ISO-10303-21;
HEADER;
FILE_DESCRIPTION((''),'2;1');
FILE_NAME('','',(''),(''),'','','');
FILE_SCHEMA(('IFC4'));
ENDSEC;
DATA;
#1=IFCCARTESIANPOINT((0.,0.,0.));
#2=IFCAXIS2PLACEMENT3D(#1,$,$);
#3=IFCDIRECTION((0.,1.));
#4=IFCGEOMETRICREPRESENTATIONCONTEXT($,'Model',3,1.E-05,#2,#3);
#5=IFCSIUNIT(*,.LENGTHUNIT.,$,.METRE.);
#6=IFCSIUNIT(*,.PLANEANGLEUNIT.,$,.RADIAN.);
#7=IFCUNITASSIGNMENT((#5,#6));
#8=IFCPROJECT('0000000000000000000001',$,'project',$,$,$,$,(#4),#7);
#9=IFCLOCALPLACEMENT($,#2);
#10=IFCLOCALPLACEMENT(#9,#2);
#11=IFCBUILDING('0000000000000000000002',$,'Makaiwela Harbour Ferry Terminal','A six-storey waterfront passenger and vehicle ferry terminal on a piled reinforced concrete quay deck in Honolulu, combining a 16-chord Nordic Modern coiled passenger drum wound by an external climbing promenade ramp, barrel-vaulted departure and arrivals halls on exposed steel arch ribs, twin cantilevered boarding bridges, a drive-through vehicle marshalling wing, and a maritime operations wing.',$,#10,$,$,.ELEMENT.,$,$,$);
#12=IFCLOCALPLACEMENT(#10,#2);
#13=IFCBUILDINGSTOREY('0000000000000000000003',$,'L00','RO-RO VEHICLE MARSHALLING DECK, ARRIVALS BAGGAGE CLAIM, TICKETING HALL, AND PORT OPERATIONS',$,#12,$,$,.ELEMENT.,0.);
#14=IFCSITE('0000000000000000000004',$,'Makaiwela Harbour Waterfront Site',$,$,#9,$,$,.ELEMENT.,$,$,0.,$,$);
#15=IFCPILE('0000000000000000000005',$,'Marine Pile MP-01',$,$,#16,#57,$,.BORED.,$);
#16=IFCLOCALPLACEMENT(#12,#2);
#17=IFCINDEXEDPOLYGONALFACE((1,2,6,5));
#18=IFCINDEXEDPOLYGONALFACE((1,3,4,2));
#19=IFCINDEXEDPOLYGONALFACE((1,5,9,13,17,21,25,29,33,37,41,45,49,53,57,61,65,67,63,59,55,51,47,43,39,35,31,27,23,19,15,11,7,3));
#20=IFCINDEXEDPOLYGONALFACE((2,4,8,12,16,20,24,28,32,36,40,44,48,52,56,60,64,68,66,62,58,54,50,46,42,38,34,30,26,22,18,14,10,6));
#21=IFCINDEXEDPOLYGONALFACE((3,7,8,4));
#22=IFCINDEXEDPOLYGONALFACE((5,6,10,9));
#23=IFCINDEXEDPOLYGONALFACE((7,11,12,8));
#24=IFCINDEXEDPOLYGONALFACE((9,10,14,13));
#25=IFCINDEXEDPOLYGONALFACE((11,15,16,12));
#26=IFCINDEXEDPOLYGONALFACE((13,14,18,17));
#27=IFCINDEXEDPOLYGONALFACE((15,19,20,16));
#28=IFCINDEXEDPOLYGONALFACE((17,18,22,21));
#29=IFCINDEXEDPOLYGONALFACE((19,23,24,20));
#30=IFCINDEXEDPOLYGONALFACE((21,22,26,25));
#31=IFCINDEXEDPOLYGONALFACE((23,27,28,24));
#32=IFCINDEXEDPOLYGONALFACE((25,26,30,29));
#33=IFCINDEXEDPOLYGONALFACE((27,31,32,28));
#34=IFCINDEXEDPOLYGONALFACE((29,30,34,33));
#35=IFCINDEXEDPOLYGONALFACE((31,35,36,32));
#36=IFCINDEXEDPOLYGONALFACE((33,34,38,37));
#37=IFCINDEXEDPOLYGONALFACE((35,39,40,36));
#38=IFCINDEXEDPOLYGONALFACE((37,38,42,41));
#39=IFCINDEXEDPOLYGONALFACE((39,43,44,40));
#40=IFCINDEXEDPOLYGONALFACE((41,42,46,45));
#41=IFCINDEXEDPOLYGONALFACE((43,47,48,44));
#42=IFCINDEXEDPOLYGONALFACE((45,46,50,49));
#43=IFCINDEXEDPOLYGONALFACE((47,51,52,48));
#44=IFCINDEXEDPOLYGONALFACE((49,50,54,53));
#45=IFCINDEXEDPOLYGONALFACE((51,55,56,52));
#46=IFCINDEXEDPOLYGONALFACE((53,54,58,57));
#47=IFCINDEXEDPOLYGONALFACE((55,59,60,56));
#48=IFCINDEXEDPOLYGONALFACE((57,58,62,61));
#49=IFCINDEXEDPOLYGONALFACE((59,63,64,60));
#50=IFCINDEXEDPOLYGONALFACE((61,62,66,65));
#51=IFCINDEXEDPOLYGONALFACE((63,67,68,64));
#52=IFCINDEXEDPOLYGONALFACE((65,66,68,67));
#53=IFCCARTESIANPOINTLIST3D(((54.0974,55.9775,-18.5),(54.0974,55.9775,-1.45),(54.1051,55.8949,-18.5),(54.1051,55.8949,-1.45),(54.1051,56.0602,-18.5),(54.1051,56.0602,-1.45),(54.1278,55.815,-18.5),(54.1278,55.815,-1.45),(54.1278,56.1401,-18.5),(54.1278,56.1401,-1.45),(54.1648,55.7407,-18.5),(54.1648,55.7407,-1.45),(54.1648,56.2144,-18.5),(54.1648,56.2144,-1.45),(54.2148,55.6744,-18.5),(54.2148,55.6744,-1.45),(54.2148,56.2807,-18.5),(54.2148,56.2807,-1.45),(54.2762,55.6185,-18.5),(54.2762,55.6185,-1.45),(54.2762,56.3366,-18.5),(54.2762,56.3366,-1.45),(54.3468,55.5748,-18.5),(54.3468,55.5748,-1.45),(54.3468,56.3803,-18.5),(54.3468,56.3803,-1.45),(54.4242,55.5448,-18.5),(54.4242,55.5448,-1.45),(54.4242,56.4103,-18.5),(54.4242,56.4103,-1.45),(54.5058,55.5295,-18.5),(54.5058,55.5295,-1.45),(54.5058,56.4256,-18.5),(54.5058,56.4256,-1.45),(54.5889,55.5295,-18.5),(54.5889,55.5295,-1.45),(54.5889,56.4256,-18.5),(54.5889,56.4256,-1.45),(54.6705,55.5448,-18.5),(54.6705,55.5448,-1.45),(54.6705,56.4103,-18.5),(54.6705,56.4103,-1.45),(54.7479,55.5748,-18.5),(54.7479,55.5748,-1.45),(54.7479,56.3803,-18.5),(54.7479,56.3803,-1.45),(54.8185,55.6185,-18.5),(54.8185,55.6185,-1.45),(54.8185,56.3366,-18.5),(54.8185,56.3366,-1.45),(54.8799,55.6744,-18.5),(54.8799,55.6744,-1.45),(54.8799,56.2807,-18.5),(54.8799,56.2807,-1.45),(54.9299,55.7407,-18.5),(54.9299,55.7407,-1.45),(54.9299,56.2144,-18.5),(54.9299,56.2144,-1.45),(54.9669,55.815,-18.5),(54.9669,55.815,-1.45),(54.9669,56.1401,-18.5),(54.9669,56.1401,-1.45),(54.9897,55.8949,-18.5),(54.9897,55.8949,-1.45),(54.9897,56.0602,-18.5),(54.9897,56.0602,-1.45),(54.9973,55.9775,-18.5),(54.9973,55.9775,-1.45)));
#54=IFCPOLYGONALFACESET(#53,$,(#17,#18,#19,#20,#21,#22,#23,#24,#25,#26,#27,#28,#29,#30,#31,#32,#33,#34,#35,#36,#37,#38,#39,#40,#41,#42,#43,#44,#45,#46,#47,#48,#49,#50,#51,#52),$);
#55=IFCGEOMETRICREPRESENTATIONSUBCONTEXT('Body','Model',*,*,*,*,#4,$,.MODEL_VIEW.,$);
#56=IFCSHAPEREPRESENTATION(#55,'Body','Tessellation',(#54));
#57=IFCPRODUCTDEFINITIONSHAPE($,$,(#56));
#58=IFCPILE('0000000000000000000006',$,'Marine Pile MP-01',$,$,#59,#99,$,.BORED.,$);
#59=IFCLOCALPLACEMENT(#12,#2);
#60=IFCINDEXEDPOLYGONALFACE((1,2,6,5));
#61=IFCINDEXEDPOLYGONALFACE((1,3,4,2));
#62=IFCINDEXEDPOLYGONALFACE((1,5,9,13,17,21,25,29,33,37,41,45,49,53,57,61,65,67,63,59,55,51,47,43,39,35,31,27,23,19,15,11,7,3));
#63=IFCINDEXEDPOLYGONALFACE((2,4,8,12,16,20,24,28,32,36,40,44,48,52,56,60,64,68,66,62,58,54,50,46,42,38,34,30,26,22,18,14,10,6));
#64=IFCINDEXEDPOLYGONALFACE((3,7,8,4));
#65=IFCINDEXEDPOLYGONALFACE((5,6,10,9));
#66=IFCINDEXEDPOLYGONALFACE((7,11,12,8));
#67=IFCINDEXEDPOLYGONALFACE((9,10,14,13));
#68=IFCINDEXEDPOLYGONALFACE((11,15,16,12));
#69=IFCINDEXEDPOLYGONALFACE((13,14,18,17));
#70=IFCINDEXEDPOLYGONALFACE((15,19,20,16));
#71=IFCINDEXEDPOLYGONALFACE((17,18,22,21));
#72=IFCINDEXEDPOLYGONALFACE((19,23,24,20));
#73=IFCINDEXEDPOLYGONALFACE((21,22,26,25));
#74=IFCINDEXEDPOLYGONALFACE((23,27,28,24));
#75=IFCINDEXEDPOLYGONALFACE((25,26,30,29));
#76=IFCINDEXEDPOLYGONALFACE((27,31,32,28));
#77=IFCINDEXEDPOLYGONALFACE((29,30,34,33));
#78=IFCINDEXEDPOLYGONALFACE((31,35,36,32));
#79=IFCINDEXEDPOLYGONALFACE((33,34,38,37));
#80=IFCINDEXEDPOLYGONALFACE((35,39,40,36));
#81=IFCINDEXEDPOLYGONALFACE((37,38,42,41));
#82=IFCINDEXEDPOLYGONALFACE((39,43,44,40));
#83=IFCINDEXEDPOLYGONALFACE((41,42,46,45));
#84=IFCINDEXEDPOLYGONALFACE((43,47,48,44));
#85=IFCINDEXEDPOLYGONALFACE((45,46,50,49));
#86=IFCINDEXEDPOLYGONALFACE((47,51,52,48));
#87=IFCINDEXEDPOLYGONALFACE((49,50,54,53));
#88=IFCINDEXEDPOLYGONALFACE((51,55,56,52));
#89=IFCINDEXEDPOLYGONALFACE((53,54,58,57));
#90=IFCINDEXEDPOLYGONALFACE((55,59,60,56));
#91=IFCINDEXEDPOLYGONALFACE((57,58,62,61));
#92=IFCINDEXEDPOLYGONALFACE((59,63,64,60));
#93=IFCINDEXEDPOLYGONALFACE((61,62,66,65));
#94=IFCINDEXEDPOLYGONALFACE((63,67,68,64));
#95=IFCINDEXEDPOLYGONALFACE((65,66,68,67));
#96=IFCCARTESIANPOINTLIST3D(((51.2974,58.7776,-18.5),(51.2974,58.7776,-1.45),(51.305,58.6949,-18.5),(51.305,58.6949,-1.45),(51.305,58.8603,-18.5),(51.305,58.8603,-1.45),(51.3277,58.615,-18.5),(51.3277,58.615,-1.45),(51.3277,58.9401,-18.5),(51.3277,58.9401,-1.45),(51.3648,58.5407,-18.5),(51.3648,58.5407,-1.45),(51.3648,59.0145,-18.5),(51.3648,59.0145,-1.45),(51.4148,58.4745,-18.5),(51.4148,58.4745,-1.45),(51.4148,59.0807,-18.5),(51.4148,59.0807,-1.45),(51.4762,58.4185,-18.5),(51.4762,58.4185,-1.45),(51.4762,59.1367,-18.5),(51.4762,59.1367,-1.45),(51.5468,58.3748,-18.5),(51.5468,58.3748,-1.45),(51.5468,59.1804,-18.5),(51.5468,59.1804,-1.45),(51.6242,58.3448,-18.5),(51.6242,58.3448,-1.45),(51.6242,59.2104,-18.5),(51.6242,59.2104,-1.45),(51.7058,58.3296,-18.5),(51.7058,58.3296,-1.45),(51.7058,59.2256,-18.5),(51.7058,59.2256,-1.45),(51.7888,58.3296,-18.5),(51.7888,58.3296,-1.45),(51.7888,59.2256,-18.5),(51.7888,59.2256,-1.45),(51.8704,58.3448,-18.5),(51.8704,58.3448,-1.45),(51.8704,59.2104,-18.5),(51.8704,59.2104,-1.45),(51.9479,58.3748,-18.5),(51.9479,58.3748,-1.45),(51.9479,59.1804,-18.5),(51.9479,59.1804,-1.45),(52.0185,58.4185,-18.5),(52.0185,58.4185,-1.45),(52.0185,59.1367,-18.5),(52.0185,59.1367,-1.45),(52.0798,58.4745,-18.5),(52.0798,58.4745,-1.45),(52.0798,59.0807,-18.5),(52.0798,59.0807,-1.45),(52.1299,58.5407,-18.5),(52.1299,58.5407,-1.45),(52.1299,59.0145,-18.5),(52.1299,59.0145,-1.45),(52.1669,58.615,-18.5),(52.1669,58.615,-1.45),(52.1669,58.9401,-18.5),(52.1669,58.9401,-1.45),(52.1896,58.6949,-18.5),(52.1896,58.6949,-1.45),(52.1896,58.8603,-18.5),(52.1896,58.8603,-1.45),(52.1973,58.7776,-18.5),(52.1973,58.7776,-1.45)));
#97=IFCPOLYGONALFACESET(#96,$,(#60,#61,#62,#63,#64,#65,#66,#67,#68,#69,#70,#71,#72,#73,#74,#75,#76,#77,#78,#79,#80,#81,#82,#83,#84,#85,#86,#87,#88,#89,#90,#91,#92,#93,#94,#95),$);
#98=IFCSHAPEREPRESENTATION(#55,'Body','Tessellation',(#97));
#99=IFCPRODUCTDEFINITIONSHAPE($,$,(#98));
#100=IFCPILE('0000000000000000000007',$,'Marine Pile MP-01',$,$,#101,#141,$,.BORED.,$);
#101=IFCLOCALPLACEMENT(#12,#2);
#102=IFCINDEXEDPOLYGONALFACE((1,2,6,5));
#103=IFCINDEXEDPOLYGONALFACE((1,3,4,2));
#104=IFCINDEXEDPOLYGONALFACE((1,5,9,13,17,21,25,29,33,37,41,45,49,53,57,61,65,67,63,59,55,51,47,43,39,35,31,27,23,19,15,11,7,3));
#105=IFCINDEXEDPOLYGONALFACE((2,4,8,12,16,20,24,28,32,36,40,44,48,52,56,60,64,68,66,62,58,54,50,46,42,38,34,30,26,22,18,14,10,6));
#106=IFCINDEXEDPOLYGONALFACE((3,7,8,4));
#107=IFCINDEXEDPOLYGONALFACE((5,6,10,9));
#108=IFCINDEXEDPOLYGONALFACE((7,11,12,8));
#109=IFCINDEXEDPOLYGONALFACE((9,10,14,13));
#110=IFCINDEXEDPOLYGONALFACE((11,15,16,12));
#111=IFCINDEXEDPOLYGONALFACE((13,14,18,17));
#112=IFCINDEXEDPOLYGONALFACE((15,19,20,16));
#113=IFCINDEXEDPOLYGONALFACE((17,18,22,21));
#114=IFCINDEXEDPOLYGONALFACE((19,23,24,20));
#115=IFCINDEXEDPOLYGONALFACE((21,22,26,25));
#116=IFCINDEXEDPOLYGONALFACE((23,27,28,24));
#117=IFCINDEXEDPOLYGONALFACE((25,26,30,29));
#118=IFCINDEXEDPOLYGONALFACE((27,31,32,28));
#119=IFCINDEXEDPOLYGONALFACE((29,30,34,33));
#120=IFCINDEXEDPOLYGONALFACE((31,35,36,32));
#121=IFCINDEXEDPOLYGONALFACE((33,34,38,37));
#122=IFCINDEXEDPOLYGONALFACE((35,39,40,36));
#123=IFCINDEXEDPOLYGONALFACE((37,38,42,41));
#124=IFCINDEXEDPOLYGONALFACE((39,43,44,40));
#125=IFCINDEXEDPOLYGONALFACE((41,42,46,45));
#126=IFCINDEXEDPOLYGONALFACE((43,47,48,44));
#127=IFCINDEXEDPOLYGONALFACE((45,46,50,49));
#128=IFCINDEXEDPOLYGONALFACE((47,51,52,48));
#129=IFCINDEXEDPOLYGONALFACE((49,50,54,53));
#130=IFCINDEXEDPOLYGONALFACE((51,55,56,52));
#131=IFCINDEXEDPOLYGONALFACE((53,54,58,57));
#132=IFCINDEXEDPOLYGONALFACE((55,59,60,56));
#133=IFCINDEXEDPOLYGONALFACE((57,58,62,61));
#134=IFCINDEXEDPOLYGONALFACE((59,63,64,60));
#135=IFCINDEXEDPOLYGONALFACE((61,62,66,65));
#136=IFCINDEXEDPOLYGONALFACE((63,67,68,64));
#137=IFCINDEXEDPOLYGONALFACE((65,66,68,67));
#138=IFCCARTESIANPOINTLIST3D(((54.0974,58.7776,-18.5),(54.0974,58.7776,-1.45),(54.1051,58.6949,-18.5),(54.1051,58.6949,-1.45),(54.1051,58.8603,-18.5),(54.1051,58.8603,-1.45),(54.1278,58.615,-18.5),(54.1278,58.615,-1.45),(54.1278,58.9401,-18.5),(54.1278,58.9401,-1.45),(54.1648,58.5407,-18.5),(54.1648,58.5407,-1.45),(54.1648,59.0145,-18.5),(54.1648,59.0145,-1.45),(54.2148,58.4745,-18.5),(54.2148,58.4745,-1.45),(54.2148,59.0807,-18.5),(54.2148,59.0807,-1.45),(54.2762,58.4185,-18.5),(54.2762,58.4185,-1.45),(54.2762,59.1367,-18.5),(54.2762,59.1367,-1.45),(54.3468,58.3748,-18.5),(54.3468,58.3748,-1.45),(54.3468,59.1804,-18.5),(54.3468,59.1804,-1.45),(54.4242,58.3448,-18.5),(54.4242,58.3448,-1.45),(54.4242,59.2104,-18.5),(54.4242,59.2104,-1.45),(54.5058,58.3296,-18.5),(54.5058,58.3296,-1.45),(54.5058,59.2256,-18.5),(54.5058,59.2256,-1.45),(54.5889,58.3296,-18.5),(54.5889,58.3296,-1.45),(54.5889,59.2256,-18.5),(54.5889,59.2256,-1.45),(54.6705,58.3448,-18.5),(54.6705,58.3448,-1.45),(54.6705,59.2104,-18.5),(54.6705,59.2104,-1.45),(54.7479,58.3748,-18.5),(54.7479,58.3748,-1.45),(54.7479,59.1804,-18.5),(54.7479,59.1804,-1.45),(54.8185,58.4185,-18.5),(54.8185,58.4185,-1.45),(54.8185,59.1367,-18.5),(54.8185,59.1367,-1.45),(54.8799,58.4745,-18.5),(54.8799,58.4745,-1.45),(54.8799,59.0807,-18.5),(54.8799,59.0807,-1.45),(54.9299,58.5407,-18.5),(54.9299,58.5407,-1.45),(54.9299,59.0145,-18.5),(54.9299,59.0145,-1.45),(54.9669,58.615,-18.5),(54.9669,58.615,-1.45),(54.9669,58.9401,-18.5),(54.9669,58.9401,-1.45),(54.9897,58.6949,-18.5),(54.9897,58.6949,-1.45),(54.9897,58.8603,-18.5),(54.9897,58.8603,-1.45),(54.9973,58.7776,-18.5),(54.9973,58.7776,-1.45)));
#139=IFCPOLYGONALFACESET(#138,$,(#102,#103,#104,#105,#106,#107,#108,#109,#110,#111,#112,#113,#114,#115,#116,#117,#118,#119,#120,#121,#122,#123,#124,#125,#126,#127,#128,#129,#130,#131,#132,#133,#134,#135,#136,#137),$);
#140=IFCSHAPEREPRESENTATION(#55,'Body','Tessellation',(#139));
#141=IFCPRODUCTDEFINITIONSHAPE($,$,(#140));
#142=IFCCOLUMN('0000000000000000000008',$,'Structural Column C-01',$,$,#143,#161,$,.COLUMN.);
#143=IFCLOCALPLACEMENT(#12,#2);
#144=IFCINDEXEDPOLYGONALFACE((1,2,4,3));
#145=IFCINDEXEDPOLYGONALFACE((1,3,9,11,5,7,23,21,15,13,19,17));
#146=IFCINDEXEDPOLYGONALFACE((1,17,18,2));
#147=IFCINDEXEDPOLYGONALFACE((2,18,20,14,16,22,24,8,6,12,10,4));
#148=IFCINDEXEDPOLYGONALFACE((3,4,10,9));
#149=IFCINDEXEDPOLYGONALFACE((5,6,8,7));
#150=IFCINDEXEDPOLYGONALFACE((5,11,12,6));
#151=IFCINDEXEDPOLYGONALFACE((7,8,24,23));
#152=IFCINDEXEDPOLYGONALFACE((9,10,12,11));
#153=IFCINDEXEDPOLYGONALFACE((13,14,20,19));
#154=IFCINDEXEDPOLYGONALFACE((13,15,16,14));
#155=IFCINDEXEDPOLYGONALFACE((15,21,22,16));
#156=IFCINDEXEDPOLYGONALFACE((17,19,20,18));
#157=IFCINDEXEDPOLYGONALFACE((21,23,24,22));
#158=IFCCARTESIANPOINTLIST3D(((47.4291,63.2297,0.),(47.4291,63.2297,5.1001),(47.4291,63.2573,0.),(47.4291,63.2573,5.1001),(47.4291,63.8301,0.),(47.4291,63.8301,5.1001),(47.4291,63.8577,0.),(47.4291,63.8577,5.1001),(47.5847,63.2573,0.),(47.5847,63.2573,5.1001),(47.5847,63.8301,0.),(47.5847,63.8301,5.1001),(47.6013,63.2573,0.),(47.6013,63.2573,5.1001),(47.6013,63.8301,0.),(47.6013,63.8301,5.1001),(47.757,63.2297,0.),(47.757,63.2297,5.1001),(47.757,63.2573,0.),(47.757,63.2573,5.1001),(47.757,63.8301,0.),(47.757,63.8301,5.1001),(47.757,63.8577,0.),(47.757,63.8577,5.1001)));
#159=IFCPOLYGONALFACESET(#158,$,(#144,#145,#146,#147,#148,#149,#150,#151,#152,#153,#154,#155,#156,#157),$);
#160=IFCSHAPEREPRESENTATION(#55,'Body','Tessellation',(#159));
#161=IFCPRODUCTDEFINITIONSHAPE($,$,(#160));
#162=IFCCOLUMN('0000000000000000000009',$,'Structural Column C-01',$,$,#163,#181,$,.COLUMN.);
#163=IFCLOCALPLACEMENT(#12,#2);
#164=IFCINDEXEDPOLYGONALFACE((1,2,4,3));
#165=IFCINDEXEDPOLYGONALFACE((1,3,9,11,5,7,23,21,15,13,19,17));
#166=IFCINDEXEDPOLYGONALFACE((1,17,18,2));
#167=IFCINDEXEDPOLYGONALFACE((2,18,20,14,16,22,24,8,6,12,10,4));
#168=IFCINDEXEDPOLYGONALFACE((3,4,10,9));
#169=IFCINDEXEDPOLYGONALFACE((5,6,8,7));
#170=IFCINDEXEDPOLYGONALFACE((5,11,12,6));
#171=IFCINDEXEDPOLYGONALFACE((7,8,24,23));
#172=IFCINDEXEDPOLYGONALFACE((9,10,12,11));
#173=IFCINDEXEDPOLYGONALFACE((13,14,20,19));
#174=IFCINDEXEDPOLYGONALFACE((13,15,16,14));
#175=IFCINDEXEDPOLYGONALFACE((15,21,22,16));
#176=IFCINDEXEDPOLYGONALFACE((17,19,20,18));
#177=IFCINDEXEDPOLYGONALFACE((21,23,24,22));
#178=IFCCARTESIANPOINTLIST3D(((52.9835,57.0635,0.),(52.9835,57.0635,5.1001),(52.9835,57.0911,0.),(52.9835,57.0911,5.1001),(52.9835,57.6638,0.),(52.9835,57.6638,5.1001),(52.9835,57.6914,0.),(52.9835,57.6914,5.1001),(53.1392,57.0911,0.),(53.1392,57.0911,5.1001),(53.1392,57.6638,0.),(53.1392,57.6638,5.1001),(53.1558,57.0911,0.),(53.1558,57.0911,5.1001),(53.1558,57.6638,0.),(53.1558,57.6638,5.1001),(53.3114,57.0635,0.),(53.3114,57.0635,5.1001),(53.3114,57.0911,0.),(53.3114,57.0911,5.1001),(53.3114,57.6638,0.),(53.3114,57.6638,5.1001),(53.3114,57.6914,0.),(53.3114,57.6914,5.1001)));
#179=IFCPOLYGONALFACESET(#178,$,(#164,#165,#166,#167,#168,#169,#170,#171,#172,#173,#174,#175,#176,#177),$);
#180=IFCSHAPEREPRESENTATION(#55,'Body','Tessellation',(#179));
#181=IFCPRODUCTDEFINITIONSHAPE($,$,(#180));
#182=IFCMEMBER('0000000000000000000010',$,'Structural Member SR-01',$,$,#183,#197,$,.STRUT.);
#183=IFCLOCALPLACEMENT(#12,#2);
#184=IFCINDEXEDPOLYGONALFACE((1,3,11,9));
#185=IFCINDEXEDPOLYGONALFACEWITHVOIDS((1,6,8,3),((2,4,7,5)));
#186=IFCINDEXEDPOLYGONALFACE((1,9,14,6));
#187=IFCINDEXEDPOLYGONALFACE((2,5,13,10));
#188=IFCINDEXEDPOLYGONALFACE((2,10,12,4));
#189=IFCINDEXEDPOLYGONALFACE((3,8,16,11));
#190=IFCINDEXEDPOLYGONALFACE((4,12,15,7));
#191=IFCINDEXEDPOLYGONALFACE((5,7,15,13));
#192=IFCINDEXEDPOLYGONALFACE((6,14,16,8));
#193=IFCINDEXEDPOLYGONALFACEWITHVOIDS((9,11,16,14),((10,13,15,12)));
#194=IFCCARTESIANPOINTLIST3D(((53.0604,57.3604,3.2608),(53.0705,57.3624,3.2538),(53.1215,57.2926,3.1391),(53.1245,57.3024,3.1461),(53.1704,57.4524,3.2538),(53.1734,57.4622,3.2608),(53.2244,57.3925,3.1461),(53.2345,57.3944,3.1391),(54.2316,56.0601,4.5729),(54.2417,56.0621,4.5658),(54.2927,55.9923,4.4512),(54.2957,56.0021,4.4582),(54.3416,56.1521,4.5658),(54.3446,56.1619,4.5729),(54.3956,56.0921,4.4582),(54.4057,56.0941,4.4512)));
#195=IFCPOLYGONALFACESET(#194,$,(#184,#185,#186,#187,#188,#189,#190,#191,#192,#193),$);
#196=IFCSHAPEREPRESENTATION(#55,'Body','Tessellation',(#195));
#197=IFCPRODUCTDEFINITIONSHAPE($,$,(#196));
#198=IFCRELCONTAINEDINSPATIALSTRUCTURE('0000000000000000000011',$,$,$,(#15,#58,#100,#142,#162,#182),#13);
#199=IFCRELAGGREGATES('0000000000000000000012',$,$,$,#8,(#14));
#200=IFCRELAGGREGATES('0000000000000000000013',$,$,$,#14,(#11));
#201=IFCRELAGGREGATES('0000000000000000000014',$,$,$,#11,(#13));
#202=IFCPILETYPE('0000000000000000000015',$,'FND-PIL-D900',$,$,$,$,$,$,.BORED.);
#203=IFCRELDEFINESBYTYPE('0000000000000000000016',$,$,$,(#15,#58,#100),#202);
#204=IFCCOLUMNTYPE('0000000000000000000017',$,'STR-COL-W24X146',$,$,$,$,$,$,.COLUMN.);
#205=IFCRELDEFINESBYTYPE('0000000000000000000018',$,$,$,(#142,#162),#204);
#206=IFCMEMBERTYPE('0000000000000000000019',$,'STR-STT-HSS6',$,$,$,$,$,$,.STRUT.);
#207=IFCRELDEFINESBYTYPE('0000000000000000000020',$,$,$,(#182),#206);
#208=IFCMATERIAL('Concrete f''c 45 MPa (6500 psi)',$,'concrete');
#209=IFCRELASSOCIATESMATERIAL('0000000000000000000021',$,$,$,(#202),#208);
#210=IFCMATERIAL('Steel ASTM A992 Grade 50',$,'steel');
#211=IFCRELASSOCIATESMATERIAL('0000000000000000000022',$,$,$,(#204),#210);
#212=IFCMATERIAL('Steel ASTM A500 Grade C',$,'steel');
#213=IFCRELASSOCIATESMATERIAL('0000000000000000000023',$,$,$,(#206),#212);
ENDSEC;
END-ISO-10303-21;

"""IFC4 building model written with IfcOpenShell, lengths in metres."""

from ifc_helpers import new_model, si_unit, direction, frame, origin, origin_2d, place, context, subcontext, project, spatial, hollow_rectangle, circle, i_section, extrude, material, material_profile, profile_set, type_object, element, save


model = new_model("IFC4")

# Units and contexts
model_context = context("Model", 3, precision=1e-05, world=origin(), true_north=direction((0.0, 1.0)))
body_context = subcontext(model_context, "Body", "Model", "MODEL_VIEW")
ifc_project = project(units=[si_unit("LENGTHUNIT", "METRE"), si_unit("PLANEANGLEUNIT", "RADIAN")], contexts=[model_context])

# Site, building, storey
site_placement = place(None, origin())
site = spatial("IfcSite", under=ifc_project, at=site_placement, Name="Makaiwela Harbour Waterfront Site", CompositionType="ELEMENT", RefElevation=0.0)
building_placement = place(site_placement, origin())
building = spatial("IfcBuilding", under=site, at=building_placement, Name="Makaiwela Harbour Ferry Terminal", Description="A six-storey waterfront passenger and vehicle ferry terminal on a piled reinforced concrete quay deck in Honolulu, combining a 16-chord Nordic Modern coiled passenger drum wound by an external climbing promenade ramp, barrel-vaulted departure and arrivals halls on exposed steel arch ribs, twin cantilevered boarding bridges, a drive-through vehicle marshalling wing, and a maritime operations wing.", CompositionType="ELEMENT")
storey_placement = place(building_placement, origin())
storey = spatial("IfcBuildingStorey", under=building, at=storey_placement, Name="L00", Description="RO-RO VEHICLE MARSHALLING DECK, ARRIVALS BAGGAGE CLAIM, TICKETING HALL, AND PORT OPERATIONS", CompositionType="ELEMENT", Elevation=0.0)

# Shared definitions
ifc_material_1 = material(Name="Concrete f'c 45 MPa (6500 psi)", Category="concrete")

# Piles
ifc_material_profile_1 = material_profile(ifc_material_1, circle(Radius=0.45, at=origin_2d()), Name="PILE-D900")
ifc_profile_set_1 = profile_set([ifc_material_profile_1], Name="Concrete f'c 45 MPa (6500 psi)")
pile_type_1 = type_object("IfcPileType", Name="FND-PIL-D900", PredefinedType="BORED", material=ifc_profile_set_1)
for number, where, z_axis, x_axis, name in (
    (1, (54.5474, 55.9775, -1.45), (0.0, 0.0, -1.0), (1.0, 0.0, 0.0), "Marine Pile MP-01"),
    (2, (51.7473, 58.7776, -1.45), (0.0, 0.0, -1.0), (1.0, 0.0, 0.0), "Marine Pile MP-01"),
    (3, (54.5474, 58.7776, -1.45), (0.0, 0.0, -1.0), (1.0, 0.0, 0.0), "Marine Pile MP-01"),
):
    element("IfcPile", number, at=place(storey_placement, frame(where, z_axis=z_axis, x_axis=x_axis)), inside=storey, type_object=pile_type_1, Name=name, PredefinedType="BORED", context=body_context, shape_type="SweptSolid", body=[
        extrude(circle(Radius=0.45, at=origin_2d()), origin(), (0.0, 0.0, 1.0), 17.05),
    ])

# Columns
ifc_material_2 = material(Name="Steel ASTM A992 Grade 50", Category="steel")
ifc_material_profile_2 = material_profile(ifc_material_2, i_section(OverallWidth=0.3279, OverallDepth=0.6279, WebThickness=0.0166, FlangeThickness=0.0276, at=origin_2d()), Name="W24X146")
ifc_profile_set_2 = profile_set([ifc_material_profile_2], Name="Steel ASTM A992 Grade 50")
column_type = type_object("IfcColumnType", Name="STR-COL-W24X146", PredefinedType="COLUMN", material=ifc_profile_set_2)
for number, where, z_axis, x_axis, name in (
    (4, (47.593, 63.5437, 0.0), (0.0, 0.0, 1.0), (1.0, 0.0, 0.0), "Structural Column C-01"),
    (5, (53.1475, 57.3774, 0.0), (0.0, 0.0, 1.0), (1.0, 0.0, 0.0), "Structural Column C-01"),
):
    element("IfcColumn", number, at=place(storey_placement, frame(where, z_axis=z_axis, x_axis=x_axis)), inside=storey, type_object=column_type, Name=name, PredefinedType="COLUMN", context=body_context, shape_type="SweptSolid", body=[
        extrude(i_section(OverallWidth=0.3279, OverallDepth=0.6279, WebThickness=0.0166, FlangeThickness=0.0276, at=origin_2d()), origin(), (0.0, 0.0, 1.0), 5.1001),
    ])

# Member
ifc_material_3 = material(Name="Steel ASTM A500 Grade C", Category="steel")
ifc_material_profile_3 = material_profile(ifc_material_3, hollow_rectangle(XDim=0.1521, YDim=0.1521, WallThickness=0.0088, at=origin_2d()), Name="HSS6X6X3/8")
ifc_profile_set_3 = profile_set([ifc_material_profile_3], Name="Steel ASTM A500 Grade C")
member_type = type_object("IfcMemberType", Name="STR-STT-HSS6", PredefinedType="STRUT", material=ifc_profile_set_3)
member_placement = place(storey_placement, frame((53.1475, 57.3774, 3.2), z_axis=(0.53546, -0.594509, 0.599867), x_axis=(0.743044, 0.669242, 0.0)))
element("IfcMember", 6, at=member_placement, inside=storey, type_object=member_type, Name="Structural Member SR-01", PredefinedType="STRUT", context=body_context, shape_type="SweptSolid", body=[
    extrude(hollow_rectangle(XDim=0.1521, YDim=0.1521, WallThickness=0.0088, at=origin_2d()), origin(), (0.0, 0.0, 1.0), 2.1873),
])

save(model, "model.ifc")
